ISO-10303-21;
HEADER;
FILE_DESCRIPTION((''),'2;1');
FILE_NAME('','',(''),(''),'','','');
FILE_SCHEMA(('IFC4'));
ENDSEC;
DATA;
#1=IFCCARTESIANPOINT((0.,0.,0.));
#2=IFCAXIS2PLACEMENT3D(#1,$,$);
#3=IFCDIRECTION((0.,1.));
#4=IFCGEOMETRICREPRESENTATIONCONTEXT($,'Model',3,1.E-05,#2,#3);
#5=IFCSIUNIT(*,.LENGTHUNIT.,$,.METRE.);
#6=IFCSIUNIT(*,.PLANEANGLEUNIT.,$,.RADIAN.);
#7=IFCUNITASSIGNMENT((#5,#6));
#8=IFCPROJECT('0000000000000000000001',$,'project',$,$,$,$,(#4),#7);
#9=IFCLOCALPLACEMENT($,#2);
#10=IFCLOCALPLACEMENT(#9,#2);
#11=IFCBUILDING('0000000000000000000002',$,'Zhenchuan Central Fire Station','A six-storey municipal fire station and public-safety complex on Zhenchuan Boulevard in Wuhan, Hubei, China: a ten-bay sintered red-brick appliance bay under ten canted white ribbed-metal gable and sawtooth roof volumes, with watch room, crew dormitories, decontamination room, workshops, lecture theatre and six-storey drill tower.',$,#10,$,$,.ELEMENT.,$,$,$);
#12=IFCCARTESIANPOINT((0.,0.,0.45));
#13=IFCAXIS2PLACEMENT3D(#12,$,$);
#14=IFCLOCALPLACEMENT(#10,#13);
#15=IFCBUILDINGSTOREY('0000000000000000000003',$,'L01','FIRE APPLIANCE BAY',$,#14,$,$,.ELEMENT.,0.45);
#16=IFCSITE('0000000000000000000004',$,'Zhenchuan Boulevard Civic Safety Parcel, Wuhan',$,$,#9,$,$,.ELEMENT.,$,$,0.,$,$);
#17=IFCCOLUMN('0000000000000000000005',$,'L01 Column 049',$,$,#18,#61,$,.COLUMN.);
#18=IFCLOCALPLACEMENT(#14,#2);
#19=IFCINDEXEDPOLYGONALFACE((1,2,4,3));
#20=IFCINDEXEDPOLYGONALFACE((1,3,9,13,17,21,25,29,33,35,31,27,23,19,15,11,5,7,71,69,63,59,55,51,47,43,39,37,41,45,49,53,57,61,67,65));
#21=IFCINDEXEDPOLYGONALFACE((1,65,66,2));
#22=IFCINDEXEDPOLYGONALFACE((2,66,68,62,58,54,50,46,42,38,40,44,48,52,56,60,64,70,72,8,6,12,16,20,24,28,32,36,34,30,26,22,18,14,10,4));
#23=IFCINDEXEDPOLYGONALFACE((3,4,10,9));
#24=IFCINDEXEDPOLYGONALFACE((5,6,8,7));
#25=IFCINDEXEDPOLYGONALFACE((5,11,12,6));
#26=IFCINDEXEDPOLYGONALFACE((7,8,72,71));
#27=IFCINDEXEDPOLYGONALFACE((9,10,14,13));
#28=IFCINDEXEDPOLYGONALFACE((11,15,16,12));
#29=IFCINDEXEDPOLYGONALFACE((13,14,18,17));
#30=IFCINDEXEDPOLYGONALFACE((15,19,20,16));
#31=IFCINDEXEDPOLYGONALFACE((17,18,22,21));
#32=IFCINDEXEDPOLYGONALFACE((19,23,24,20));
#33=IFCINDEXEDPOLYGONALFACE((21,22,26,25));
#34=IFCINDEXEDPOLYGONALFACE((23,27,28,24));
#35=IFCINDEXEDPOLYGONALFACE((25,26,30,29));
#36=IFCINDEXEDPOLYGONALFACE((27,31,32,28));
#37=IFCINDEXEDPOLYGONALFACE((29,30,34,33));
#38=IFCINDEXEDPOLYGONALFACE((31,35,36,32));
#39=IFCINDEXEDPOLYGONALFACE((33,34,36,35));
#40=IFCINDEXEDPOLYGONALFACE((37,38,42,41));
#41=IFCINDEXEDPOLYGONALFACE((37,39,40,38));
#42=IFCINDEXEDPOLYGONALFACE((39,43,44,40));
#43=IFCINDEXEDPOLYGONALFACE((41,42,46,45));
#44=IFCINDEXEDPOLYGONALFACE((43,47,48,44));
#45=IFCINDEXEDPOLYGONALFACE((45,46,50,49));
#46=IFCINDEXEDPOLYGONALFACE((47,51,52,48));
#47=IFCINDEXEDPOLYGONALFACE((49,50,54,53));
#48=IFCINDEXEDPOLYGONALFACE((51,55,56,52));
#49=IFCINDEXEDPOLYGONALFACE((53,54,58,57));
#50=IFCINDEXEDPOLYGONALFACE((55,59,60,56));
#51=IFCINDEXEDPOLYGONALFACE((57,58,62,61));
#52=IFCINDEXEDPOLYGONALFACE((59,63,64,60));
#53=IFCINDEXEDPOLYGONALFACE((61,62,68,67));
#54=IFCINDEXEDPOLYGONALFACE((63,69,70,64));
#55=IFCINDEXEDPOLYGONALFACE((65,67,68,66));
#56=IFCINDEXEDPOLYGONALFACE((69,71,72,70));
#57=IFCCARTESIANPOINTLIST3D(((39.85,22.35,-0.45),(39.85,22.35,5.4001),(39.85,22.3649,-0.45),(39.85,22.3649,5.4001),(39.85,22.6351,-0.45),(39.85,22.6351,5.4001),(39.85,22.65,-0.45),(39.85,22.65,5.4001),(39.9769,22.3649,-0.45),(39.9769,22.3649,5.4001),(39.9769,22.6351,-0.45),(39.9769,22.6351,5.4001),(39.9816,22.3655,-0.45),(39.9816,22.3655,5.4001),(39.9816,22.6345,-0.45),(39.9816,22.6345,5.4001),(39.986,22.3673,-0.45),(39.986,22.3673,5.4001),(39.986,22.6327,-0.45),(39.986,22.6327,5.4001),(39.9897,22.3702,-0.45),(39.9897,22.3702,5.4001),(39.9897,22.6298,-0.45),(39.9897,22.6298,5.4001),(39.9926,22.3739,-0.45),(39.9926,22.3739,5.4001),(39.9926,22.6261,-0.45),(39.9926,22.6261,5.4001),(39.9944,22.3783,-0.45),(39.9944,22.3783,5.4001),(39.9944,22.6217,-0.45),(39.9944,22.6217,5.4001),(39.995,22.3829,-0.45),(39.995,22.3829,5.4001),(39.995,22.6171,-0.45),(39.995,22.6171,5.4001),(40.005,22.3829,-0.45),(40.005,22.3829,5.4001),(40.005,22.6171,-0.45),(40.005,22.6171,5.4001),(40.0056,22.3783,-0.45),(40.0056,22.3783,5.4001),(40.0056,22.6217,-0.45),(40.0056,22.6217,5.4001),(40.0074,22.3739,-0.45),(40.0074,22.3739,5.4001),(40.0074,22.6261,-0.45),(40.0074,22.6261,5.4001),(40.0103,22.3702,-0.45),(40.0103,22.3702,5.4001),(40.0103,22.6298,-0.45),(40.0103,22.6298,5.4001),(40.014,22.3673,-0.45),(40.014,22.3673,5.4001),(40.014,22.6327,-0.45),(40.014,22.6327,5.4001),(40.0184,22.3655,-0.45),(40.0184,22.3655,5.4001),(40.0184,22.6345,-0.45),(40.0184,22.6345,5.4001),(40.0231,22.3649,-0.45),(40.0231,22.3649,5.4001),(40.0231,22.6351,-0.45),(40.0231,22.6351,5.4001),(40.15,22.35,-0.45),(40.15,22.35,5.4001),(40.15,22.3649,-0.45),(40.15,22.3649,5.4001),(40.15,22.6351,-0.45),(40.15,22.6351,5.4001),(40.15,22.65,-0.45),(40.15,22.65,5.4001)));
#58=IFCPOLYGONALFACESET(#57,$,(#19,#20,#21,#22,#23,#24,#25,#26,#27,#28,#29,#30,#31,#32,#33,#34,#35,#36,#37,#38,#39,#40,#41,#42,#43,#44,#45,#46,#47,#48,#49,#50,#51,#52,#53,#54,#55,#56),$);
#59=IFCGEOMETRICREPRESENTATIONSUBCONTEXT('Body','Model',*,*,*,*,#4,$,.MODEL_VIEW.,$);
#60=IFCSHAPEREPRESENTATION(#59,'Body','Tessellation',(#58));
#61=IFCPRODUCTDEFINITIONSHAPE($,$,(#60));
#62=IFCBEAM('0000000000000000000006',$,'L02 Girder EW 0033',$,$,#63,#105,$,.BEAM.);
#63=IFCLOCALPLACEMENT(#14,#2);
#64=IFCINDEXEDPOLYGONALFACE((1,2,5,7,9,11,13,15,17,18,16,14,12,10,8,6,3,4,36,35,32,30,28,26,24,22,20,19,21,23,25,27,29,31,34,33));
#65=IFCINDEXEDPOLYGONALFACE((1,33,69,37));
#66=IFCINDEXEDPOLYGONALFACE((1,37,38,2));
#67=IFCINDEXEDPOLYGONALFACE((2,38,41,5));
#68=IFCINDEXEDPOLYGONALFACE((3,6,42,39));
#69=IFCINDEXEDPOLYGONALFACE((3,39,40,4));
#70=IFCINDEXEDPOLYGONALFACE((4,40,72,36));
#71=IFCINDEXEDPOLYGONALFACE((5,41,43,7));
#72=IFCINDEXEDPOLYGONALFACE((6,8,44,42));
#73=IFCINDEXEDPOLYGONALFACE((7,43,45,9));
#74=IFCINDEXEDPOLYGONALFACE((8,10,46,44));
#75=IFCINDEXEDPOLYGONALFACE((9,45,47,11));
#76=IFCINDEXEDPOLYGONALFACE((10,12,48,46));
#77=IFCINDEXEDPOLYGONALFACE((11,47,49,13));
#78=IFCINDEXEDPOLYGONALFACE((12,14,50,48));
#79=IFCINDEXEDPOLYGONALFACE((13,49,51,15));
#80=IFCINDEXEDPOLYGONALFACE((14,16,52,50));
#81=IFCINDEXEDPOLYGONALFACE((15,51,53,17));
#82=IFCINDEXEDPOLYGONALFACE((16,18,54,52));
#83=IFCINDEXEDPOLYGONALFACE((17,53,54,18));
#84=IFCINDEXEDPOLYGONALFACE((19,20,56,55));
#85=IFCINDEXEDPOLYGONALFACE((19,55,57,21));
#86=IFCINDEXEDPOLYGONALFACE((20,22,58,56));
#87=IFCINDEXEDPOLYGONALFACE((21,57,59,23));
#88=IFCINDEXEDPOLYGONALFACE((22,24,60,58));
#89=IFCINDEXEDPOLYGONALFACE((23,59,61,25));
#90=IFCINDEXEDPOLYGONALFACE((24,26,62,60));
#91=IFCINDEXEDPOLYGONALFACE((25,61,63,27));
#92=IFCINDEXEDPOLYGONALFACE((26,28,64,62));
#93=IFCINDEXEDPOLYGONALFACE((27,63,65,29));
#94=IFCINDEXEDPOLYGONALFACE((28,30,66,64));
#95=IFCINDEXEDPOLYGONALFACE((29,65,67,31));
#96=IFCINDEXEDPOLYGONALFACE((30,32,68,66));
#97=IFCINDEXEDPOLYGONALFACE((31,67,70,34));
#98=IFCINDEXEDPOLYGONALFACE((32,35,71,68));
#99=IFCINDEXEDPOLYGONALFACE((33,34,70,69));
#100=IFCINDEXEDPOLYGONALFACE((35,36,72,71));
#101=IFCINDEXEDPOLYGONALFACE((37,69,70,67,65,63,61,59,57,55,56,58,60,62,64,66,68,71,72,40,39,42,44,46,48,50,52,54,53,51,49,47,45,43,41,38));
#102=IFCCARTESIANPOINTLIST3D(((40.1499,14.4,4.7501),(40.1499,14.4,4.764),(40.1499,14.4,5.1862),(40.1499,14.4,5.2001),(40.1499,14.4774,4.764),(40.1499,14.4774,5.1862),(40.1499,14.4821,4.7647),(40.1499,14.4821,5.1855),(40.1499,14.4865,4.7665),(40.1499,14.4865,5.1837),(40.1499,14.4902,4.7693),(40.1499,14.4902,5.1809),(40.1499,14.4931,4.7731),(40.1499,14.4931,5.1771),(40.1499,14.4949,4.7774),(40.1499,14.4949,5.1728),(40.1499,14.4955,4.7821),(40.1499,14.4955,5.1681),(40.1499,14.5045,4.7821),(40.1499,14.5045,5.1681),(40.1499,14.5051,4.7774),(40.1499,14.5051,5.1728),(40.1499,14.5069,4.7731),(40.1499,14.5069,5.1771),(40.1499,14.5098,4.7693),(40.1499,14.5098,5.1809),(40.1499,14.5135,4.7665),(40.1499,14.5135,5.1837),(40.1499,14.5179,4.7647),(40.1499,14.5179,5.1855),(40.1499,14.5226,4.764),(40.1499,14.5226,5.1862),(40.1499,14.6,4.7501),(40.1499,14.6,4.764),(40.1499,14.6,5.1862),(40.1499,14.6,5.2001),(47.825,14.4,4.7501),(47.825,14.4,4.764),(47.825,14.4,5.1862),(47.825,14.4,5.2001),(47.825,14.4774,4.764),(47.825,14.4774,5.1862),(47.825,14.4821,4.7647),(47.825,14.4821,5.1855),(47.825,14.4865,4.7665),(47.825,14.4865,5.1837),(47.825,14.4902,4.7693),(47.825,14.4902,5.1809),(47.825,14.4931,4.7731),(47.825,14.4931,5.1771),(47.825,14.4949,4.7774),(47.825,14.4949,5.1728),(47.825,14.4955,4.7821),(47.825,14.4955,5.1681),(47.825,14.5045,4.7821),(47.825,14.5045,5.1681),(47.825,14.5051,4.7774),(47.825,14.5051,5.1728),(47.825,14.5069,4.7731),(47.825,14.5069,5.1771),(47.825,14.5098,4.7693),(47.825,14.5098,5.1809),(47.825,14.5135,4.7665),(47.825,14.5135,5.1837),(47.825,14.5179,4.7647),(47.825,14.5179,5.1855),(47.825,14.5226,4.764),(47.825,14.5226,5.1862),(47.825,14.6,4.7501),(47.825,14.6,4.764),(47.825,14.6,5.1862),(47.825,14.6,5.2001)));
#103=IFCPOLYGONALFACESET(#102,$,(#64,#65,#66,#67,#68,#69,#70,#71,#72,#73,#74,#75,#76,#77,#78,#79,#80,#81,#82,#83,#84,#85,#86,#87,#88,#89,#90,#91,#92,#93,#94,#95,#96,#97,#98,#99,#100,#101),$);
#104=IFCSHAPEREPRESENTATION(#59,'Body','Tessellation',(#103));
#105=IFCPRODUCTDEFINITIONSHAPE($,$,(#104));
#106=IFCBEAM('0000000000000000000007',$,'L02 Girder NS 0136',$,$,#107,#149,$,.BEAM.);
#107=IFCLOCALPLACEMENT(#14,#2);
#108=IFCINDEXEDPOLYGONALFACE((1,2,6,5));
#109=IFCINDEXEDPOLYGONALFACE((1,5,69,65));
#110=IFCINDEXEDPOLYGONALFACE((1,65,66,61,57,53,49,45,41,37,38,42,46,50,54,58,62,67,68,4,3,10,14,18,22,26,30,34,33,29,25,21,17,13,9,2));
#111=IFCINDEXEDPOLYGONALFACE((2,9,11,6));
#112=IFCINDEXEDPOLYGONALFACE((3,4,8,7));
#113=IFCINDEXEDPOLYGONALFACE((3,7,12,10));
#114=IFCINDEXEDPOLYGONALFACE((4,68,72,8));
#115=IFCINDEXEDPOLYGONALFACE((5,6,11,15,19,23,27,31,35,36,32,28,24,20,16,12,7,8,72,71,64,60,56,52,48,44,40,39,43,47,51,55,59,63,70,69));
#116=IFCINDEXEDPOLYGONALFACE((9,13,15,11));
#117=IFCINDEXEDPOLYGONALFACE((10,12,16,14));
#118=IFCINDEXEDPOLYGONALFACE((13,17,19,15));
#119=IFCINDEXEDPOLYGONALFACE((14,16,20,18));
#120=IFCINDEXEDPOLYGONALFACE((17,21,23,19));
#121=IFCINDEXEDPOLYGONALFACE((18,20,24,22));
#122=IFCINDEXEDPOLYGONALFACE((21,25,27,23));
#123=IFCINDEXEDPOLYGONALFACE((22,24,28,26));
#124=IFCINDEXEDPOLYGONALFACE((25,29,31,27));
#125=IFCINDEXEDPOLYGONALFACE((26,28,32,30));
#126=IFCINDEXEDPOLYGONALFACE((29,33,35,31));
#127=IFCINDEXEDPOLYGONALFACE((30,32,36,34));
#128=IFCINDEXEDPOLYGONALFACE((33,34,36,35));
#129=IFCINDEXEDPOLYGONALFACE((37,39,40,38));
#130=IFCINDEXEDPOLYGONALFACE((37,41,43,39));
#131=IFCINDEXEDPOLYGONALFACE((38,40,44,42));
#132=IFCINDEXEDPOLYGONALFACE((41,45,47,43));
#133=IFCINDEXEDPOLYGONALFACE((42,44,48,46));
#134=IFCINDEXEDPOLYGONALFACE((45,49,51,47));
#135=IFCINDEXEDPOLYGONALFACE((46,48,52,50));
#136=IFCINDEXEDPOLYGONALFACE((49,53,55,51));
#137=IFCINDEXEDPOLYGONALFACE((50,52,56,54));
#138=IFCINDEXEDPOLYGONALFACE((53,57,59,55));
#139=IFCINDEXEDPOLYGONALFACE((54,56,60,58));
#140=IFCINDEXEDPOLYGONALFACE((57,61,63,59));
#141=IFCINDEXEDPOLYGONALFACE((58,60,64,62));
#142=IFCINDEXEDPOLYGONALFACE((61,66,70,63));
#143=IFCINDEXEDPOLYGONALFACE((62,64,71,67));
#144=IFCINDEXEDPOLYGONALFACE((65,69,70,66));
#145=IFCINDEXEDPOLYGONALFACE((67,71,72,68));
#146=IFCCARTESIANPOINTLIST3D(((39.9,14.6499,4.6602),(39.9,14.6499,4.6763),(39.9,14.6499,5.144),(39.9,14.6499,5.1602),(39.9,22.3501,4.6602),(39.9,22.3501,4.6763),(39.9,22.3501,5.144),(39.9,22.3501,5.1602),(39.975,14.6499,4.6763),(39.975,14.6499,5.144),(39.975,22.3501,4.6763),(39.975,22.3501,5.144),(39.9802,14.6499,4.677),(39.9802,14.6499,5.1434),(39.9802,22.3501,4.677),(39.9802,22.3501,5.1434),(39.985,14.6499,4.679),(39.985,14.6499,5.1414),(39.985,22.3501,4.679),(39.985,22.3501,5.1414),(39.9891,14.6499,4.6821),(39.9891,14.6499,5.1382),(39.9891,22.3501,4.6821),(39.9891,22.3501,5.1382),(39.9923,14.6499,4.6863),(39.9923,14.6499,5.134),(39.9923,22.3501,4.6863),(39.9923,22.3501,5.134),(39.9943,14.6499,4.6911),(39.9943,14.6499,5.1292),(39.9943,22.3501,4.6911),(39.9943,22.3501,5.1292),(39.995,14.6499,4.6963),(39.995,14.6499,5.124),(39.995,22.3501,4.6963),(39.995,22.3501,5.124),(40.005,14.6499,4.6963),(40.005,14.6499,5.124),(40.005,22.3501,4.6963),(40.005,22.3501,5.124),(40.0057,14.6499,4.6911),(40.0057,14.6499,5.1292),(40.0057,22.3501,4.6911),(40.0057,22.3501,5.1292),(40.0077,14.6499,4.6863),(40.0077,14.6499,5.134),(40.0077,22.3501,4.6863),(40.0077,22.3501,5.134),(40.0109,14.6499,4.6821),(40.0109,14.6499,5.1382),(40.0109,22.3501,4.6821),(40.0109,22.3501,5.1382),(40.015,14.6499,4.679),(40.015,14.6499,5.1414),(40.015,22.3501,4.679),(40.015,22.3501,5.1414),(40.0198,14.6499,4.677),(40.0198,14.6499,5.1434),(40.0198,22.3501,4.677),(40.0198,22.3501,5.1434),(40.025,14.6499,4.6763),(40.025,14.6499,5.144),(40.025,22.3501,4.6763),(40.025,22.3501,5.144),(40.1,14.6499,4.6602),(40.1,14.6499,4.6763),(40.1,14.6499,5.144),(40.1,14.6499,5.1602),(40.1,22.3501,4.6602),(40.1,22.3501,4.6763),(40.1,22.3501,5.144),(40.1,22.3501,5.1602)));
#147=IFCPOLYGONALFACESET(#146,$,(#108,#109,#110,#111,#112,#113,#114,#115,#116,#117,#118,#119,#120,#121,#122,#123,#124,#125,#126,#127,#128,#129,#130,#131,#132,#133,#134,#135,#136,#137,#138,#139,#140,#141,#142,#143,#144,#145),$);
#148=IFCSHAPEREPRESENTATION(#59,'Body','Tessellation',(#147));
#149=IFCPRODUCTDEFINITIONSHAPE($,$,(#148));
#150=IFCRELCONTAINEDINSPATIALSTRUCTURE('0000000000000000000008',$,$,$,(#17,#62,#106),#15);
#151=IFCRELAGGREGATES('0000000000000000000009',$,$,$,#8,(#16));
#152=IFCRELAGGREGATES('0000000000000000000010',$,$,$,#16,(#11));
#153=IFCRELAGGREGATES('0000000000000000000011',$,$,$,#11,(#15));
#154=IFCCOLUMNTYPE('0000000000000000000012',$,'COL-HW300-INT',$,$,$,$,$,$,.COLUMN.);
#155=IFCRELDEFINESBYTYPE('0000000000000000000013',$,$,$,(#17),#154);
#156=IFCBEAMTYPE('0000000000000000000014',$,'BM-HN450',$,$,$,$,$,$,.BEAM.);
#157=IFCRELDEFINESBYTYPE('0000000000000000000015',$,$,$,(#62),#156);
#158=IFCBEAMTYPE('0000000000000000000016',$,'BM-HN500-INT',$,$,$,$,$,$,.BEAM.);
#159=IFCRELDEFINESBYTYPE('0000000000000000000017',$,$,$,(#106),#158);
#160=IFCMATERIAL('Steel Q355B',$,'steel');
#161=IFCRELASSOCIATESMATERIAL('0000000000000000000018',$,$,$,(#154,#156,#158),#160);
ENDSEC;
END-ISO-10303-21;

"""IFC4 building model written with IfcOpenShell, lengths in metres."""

from ifc_helpers import new_model, si_unit, direction, frame, origin, origin_2d, place, context, subcontext, project, spatial, i_section, extrude, material, material_profile, profile_set, type_object, element, save


model = new_model("IFC4")

# Units and contexts
model_context = context("Model", 3, precision=1e-05, world=origin(), true_north=direction((0.0, 1.0)))
body_context = subcontext(model_context, "Body", "Model", "MODEL_VIEW")
ifc_project = project(units=[si_unit("LENGTHUNIT", "METRE"), si_unit("PLANEANGLEUNIT", "RADIAN")], contexts=[model_context])

# Site, building, storey
site_placement = place(None, origin())
site = spatial("IfcSite", under=ifc_project, at=site_placement, Name="Zhenchuan Boulevard Civic Safety Parcel, Wuhan", CompositionType="ELEMENT", RefElevation=0.0)
building_placement = place(site_placement, origin())
building = spatial("IfcBuilding", under=site, at=building_placement, Name="Zhenchuan Central Fire Station", Description="A six-storey municipal fire station and public-safety complex on Zhenchuan Boulevard in Wuhan, Hubei, China: a ten-bay sintered red-brick appliance bay under ten canted white ribbed-metal gable and sawtooth roof volumes, with watch room, crew dormitories, decontamination room, workshops, lecture theatre and six-storey drill tower.", CompositionType="ELEMENT")
storey_placement = place(building_placement, frame((0.0, 0.0, 0.45)))
storey = spatial("IfcBuildingStorey", under=building, at=storey_placement, Name="L01", Description="FIRE APPLIANCE BAY", CompositionType="ELEMENT", Elevation=0.45)

# Column
ifc_material_1 = material(Name="Steel Q355B", Category="steel")
ifc_material_profile_1 = material_profile(ifc_material_1, i_section(OverallWidth=0.3, OverallDepth=0.3, WebThickness=0.01, FlangeThickness=0.0149, FilletRadius=0.0181, at=origin_2d()), Name="HW 300x300")
ifc_profile_set_1 = profile_set([ifc_material_profile_1], Name="Steel Q355B")
column_type = type_object("IfcColumnType", Name="COL-HW300-INT", PredefinedType="COLUMN", material=ifc_profile_set_1)
for number, where, z_axis, x_axis, name in (
    (1, (40.0, 22.5, -0.45), (0.0, 0.0, 1.0), (1.0, 0.0, 0.0), "L01 Column 049"),
):
    element("IfcColumn", number, at=place(storey_placement, frame(where, z_axis=z_axis, x_axis=x_axis)), inside=storey, type_object=column_type, Name=name, PredefinedType="COLUMN", context=body_context, shape_type="SweptSolid", body=[
        extrude(i_section(OverallWidth=0.3, OverallDepth=0.3, WebThickness=0.01, FlangeThickness=0.0149, FilletRadius=0.0181, at=origin_2d()), origin(), (0.0, 0.0, 1.0), 5.8501),
    ])

# Beams
ifc_material_profile_2 = material_profile(ifc_material_1, i_section(OverallWidth=0.2, OverallDepth=0.45, WebThickness=0.009, FlangeThickness=0.0139, FilletRadius=0.0181, at=origin_2d()), Name="HN 450x200")
ifc_profile_set_2 = profile_set([ifc_material_profile_2], Name="Steel Q355B")
beam_type_1 = type_object("IfcBeamType", Name="BM-HN450", PredefinedType="BEAM", material=ifc_profile_set_2)
beam_1_placement = place(storey_placement, frame((40.1499, 14.5, 4.9751), z_axis=(1.0, 0.0, 0.0), x_axis=(0.0, 1.0, 0.0)))
element("IfcBeam", 2, at=beam_1_placement, inside=storey, type_object=beam_type_1, Name="L02 Girder EW 0033", PredefinedType="BEAM", context=body_context, shape_type="SweptSolid", body=[
    extrude(i_section(OverallWidth=0.2, OverallDepth=0.45, WebThickness=0.009, FlangeThickness=0.0139, FilletRadius=0.0181, at=origin_2d()), origin(), (0.0, 0.0, 1.0), 7.675),
])
ifc_material_profile_3 = material_profile(ifc_material_1, i_section(OverallWidth=0.2, OverallDepth=0.5, WebThickness=0.01, FlangeThickness=0.0161, FilletRadius=0.02, at=origin_2d()), Name="HN 500x200")
ifc_profile_set_3 = profile_set([ifc_material_profile_3], Name="Steel Q355B")
beam_type_2 = type_object("IfcBeamType", Name="BM-HN500-INT", PredefinedType="BEAM", material=ifc_profile_set_3)
beam_2_placement = place(storey_placement, frame((40.0, 14.6499, 4.9102), z_axis=(0.0, 1.0, 0.0), x_axis=(-1.0, 0.0, 0.0)))
element("IfcBeam", 3, at=beam_2_placement, inside=storey, type_object=beam_type_2, Name="L02 Girder NS 0136", PredefinedType="BEAM", context=body_context, shape_type="SweptSolid", body=[
    extrude(i_section(OverallWidth=0.2, OverallDepth=0.5, WebThickness=0.01, FlangeThickness=0.0161, FilletRadius=0.02, at=origin_2d()), origin(), (0.0, 0.0, 1.0), 7.7002),
])

save(model, "model.ifc")
